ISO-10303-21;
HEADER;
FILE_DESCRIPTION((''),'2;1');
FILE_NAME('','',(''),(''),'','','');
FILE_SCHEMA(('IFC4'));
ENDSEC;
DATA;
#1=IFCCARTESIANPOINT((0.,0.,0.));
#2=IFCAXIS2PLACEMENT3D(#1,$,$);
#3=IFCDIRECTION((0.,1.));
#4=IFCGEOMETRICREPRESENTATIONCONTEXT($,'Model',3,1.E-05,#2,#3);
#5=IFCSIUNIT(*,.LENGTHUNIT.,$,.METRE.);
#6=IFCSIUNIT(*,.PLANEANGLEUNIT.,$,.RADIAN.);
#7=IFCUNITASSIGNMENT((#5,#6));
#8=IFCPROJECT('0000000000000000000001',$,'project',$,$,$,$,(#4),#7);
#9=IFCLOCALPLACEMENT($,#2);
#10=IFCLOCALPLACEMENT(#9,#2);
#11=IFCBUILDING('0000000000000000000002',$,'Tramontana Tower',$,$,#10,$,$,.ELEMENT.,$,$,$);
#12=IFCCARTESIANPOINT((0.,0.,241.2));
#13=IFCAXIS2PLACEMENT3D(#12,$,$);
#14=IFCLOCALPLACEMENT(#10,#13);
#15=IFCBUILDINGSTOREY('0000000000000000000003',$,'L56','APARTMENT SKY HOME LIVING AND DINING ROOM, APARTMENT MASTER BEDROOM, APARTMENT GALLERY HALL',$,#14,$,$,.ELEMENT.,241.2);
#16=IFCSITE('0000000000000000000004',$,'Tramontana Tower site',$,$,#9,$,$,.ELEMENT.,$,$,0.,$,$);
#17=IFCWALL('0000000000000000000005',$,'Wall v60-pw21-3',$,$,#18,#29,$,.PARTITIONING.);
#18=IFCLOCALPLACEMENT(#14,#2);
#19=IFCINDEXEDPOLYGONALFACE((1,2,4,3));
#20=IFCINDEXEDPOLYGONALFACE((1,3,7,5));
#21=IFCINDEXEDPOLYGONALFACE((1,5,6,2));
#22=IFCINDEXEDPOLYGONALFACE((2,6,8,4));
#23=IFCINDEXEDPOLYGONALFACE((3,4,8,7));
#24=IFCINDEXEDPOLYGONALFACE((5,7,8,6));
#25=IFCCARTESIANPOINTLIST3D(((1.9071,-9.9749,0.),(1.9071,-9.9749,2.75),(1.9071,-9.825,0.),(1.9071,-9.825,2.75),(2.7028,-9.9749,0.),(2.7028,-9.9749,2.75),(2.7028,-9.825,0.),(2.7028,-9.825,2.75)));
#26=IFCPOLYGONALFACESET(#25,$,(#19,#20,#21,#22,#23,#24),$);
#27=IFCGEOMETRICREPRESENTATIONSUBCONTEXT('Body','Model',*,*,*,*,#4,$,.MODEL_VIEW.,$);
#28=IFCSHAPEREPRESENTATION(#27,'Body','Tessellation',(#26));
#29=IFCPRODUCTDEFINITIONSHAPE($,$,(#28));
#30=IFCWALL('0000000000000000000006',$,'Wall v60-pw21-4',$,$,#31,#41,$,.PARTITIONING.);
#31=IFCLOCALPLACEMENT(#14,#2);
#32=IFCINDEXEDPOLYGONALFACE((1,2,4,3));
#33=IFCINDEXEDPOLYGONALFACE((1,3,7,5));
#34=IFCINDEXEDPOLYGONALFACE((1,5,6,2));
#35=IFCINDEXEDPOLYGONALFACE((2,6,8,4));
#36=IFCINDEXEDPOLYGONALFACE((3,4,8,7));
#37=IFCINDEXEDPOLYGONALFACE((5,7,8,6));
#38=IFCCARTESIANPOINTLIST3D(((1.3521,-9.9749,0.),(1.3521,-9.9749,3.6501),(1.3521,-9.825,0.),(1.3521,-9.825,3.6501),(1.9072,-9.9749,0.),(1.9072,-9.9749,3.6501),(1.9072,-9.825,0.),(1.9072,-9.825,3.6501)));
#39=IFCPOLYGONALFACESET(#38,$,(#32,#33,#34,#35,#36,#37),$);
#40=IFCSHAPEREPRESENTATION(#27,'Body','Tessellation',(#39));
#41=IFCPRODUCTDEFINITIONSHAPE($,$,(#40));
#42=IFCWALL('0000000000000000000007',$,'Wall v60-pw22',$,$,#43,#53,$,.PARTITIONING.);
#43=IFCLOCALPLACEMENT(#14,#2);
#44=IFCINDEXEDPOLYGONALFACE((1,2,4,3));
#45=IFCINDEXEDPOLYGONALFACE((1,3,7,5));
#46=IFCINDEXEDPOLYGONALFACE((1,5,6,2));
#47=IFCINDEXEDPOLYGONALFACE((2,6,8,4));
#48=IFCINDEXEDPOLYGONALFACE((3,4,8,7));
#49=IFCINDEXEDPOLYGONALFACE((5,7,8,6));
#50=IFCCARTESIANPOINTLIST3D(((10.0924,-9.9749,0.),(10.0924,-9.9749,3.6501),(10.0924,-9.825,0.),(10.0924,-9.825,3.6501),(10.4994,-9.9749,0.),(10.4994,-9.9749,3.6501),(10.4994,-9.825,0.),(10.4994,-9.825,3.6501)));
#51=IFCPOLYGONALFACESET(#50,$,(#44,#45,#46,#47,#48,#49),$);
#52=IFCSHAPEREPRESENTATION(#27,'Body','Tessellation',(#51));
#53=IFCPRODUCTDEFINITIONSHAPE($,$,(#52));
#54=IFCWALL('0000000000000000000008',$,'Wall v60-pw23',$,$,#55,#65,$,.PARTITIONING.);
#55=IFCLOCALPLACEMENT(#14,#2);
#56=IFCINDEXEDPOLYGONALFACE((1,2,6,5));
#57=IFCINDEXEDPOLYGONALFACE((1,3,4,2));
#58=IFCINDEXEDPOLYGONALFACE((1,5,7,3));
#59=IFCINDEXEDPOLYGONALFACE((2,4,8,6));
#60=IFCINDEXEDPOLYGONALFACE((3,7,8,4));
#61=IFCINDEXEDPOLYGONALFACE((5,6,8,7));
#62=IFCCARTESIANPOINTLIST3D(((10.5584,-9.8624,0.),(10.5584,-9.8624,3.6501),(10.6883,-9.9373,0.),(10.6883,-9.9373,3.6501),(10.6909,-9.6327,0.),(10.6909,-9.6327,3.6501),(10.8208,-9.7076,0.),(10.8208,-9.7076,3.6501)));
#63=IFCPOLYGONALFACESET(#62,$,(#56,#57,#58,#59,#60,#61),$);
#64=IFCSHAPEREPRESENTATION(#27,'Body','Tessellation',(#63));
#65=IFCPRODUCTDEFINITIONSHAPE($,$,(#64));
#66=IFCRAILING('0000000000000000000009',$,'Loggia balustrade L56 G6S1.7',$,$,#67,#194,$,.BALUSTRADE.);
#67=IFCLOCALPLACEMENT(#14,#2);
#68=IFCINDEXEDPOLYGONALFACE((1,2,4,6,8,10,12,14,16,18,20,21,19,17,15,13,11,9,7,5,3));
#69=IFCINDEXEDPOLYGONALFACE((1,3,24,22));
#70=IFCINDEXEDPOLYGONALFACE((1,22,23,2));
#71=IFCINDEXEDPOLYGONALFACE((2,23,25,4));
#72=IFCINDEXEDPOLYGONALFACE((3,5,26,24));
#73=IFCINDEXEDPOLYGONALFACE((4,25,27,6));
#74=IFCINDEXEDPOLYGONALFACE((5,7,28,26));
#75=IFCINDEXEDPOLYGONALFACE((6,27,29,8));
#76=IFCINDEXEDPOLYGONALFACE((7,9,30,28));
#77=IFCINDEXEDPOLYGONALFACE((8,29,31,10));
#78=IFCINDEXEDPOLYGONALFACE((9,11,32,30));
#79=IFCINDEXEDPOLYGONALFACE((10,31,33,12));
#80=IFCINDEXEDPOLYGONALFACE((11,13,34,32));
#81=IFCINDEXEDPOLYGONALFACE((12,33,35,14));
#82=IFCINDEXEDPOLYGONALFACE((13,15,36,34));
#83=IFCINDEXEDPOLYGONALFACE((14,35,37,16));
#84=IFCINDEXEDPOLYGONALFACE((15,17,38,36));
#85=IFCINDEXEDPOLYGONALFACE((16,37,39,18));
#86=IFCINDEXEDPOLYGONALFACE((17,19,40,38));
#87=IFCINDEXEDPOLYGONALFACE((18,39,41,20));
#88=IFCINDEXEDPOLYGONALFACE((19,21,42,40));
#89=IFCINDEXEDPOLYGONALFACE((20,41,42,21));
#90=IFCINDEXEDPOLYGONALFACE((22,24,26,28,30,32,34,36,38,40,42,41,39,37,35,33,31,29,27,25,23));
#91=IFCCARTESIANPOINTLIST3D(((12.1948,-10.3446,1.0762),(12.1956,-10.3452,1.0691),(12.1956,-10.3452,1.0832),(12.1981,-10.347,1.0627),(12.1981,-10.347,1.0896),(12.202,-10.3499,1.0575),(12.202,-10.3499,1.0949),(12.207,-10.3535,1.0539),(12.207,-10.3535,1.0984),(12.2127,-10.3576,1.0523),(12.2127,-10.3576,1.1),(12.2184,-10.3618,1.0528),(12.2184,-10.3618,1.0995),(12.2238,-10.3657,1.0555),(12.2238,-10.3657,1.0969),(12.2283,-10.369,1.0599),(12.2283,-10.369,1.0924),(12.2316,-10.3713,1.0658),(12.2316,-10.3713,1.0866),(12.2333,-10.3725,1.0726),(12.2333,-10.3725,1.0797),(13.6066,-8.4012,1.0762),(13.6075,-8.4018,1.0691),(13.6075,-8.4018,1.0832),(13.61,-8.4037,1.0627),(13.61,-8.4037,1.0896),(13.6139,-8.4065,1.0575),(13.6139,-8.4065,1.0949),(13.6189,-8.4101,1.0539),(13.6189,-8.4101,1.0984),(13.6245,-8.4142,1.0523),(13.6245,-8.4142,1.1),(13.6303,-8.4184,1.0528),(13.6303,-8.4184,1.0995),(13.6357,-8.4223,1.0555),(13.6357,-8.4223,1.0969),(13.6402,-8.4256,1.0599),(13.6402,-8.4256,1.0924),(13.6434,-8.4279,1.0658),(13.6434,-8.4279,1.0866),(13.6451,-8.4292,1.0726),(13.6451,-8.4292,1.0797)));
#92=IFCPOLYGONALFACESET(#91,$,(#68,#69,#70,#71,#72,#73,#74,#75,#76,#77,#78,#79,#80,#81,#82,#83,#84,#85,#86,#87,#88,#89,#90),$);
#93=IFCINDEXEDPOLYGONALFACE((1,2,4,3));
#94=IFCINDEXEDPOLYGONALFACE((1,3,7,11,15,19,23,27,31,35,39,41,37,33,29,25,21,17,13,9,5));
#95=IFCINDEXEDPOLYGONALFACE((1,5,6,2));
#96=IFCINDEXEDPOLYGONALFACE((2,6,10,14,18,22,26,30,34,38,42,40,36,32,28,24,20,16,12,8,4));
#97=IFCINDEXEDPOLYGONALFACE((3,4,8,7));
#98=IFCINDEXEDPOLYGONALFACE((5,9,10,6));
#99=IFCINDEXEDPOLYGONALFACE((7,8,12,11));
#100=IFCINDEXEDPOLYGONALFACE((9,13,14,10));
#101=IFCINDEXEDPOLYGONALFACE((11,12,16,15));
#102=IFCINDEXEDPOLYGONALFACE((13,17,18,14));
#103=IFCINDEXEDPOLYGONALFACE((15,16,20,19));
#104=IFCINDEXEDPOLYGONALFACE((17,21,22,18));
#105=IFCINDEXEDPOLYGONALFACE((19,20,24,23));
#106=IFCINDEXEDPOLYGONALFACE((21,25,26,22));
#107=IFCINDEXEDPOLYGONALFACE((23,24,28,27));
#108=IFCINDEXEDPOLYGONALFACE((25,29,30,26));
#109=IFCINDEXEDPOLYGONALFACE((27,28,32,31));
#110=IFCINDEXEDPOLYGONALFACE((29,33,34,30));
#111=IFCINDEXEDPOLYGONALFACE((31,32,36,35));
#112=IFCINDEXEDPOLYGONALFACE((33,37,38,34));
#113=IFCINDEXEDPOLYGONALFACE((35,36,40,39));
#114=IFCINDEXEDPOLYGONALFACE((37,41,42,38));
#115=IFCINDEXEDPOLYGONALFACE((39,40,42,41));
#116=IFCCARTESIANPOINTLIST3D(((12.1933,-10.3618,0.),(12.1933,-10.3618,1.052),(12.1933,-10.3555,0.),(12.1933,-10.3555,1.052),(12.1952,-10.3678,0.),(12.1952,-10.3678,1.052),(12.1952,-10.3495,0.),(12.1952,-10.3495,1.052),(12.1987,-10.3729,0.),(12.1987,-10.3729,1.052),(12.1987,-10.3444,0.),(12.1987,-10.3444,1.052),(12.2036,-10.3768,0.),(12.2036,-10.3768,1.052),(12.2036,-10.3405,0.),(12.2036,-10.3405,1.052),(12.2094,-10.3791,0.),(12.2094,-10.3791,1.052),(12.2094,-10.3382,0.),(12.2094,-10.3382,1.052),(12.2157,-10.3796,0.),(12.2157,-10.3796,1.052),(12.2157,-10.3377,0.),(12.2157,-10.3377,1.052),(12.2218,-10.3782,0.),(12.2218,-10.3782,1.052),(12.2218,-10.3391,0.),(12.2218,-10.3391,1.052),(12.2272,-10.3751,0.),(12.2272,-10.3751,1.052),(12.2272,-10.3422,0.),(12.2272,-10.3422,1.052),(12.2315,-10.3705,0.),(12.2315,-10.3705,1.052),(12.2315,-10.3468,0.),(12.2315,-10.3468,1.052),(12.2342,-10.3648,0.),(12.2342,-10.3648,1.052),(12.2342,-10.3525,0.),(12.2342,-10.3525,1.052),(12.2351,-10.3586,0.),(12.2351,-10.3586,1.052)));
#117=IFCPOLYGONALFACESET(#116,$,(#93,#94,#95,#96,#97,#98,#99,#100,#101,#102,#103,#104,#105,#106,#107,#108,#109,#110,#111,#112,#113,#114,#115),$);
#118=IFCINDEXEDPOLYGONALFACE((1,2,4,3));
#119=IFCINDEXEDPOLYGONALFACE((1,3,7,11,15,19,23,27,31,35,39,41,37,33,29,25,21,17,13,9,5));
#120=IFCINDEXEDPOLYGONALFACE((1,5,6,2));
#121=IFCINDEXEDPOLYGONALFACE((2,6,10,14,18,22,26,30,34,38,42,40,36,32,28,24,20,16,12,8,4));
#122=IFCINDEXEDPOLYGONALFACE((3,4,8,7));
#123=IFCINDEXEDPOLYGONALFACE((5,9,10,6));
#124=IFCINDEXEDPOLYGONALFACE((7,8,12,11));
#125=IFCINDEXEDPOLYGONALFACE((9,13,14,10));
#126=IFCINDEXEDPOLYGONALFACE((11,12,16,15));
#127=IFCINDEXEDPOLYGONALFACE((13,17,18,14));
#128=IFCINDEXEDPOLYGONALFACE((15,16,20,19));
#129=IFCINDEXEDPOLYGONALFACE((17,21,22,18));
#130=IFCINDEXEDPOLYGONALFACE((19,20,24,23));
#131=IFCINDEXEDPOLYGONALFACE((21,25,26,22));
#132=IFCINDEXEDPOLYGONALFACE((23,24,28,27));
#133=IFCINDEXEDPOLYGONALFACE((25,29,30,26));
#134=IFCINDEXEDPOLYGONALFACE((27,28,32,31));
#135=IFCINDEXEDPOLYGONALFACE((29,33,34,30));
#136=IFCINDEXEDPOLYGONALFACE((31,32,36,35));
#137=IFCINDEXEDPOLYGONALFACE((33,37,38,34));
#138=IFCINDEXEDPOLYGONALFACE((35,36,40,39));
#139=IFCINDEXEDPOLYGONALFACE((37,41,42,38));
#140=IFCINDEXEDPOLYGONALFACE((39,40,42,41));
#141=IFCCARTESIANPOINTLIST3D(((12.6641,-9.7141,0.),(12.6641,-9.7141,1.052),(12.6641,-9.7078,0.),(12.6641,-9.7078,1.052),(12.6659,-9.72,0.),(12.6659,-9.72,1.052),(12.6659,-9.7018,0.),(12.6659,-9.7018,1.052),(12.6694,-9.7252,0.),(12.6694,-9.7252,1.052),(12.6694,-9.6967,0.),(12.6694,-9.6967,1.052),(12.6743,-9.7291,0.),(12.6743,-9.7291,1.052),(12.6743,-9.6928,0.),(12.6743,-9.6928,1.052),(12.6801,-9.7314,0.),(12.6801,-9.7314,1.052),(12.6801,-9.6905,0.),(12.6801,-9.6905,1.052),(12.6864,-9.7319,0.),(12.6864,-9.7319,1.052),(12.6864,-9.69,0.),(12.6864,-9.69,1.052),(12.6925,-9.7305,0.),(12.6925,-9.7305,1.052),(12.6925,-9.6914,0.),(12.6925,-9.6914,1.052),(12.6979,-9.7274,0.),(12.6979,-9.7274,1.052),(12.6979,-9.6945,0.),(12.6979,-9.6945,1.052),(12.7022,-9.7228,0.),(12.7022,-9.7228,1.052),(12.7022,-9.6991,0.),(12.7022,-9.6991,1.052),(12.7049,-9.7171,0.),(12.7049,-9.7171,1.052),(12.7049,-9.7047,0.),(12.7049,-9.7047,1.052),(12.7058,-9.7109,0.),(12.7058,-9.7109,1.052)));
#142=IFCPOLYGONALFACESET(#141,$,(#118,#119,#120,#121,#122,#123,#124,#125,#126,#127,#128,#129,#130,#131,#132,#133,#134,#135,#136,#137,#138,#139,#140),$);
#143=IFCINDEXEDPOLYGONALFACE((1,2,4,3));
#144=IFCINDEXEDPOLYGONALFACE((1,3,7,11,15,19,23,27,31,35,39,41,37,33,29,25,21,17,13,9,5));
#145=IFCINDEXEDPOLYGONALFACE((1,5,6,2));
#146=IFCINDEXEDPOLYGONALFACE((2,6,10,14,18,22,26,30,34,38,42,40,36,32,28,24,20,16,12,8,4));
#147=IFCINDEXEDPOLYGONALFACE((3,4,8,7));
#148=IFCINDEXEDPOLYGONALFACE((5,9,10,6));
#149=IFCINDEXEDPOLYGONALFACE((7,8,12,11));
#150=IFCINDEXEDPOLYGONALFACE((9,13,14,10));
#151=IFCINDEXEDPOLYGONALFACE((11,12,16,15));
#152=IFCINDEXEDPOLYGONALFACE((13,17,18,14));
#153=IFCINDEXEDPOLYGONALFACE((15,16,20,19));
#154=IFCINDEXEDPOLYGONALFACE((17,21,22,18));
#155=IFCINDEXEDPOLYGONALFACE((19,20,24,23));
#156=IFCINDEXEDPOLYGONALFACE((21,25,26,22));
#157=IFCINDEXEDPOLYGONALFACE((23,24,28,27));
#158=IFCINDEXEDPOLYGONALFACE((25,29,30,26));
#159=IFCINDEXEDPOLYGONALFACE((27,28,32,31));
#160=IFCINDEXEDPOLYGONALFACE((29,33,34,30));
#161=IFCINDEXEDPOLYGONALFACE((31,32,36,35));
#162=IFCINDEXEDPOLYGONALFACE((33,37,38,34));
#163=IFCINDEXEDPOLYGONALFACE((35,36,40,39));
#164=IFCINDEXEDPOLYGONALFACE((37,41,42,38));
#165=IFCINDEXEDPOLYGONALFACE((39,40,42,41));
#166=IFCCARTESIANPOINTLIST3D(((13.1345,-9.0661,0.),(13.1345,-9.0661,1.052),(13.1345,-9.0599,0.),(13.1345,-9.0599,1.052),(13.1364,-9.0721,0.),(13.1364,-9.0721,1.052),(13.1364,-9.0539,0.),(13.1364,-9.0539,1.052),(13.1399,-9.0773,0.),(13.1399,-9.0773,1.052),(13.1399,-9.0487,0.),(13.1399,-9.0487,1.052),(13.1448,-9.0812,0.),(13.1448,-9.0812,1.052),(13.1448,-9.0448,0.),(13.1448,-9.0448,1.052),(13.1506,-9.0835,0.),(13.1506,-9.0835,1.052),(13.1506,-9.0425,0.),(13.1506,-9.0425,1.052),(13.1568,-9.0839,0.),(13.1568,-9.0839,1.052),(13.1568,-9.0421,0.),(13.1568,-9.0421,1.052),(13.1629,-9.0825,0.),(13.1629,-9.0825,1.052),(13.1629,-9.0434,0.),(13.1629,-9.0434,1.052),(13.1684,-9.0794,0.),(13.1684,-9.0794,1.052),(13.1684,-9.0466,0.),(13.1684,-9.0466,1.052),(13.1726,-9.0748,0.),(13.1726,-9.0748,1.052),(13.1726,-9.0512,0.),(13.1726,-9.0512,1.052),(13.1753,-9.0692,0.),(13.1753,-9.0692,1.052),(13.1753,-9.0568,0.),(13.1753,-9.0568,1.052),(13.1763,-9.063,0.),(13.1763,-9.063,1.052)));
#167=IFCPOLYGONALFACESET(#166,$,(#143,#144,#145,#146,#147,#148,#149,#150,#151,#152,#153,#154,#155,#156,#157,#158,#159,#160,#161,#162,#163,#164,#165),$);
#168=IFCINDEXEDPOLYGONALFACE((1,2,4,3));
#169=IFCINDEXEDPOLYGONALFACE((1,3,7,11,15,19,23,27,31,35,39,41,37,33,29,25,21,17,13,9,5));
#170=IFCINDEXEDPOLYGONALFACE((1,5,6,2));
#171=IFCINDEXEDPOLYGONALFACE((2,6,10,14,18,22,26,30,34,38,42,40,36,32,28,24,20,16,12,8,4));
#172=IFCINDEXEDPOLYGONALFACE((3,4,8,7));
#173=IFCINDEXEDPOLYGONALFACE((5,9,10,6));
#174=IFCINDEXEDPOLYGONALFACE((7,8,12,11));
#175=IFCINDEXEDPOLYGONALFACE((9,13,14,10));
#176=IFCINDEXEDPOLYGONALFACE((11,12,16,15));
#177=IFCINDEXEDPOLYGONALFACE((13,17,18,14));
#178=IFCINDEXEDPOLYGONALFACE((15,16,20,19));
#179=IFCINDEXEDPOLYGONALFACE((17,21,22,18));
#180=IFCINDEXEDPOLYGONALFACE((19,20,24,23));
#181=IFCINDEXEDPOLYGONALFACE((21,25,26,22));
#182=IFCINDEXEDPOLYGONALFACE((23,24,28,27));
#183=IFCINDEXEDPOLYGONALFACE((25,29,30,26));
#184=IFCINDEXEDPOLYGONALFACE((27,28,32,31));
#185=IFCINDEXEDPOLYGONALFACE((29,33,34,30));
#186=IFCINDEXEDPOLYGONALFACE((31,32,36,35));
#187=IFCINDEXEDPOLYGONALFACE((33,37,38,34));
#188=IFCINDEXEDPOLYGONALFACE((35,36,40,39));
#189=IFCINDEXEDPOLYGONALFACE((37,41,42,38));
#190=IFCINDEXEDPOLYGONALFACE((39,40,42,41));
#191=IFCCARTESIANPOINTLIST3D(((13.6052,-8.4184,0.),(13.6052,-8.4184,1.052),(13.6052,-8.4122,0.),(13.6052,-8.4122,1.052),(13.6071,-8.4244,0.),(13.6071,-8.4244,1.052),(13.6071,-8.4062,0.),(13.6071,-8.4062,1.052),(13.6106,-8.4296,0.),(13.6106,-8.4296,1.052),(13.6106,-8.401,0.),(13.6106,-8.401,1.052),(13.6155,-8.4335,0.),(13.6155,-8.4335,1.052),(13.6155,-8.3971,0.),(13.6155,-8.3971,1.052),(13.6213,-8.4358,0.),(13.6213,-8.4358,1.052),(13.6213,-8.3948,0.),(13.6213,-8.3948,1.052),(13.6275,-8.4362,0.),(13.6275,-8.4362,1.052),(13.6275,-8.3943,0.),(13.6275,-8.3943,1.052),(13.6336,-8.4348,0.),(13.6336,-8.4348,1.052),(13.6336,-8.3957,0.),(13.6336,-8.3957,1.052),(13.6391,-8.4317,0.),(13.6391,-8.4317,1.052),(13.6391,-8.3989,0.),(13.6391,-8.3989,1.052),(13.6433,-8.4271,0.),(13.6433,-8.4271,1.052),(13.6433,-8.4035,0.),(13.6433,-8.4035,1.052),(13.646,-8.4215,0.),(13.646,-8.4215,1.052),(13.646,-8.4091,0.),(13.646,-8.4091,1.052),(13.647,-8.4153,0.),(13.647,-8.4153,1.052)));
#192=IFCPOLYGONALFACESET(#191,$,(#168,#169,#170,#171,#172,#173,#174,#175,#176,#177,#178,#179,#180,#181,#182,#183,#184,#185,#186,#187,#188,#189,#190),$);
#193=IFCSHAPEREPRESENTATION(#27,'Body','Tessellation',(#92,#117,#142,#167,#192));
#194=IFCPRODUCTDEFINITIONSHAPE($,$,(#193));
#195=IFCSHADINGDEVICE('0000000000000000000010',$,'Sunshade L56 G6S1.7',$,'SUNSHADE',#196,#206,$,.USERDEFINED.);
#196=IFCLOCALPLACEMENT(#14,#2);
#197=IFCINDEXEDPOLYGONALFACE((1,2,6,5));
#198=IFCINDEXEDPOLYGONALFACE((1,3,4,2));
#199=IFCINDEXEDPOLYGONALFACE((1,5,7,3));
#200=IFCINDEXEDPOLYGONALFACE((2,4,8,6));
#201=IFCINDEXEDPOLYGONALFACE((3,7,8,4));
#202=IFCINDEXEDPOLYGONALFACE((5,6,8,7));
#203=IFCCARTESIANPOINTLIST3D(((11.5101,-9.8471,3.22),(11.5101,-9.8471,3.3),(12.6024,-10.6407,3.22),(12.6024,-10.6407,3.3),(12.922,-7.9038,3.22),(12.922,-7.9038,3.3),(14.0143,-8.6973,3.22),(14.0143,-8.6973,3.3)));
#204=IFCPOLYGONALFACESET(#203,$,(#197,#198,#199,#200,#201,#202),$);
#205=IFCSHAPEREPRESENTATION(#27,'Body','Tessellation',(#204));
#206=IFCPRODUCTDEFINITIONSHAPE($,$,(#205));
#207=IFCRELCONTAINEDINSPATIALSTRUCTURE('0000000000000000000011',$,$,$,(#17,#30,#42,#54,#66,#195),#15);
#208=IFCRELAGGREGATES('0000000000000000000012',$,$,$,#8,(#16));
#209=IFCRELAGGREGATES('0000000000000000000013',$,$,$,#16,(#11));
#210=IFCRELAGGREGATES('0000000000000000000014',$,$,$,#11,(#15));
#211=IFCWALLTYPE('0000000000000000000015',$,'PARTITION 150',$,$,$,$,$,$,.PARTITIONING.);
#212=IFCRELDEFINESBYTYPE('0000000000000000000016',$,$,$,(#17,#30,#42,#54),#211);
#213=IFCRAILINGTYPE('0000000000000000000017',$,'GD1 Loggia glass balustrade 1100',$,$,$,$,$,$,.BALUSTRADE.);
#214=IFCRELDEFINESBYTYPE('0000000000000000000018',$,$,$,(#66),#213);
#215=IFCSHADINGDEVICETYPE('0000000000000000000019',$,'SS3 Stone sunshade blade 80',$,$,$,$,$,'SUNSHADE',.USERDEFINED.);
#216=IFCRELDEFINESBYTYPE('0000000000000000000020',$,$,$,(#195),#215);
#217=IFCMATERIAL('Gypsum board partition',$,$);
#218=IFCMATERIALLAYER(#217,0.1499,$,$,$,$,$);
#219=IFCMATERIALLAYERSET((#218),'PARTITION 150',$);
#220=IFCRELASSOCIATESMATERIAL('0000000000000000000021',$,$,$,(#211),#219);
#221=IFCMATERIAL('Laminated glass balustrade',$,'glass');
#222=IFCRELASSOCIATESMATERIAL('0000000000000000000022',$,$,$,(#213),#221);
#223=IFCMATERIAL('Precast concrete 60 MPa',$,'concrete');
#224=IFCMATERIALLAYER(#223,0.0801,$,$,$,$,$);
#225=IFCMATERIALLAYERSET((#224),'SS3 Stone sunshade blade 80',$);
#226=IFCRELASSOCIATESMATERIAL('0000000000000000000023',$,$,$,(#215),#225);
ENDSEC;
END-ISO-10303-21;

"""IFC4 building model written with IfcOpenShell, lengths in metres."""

from ifc_helpers import new_model, si_unit, direction, frame, frame_2d, origin, origin_2d, place, context, subcontext, project, spatial, rectangle, circle, extrude, material, layer, layer_set, type_object, element, save


model = new_model("IFC4")

# Units and contexts
model_context = context("Model", 3, precision=1e-05, world=origin(), true_north=direction((0.0, 1.0)))
body_context = subcontext(model_context, "Body", "Model", "MODEL_VIEW")
ifc_project = project(units=[si_unit("LENGTHUNIT", "METRE"), si_unit("PLANEANGLEUNIT", "RADIAN")], contexts=[model_context])

# Site, building, storey
site_placement = place(None, origin())
site = spatial("IfcSite", under=ifc_project, at=site_placement, Name="Tramontana Tower site", CompositionType="ELEMENT", RefElevation=0.0)
building_placement = place(site_placement, origin())
building = spatial("IfcBuilding", under=site, at=building_placement, Name="Tramontana Tower", CompositionType="ELEMENT")
storey_placement = place(building_placement, frame((0.0, 0.0, 241.2)))
storey = spatial("IfcBuildingStorey", under=building, at=storey_placement, Name="L56", Description="APARTMENT SKY HOME LIVING AND DINING ROOM, APARTMENT MASTER BEDROOM, APARTMENT GALLERY HALL", CompositionType="ELEMENT", Elevation=241.2)

# Shared definitions
ifc_material_1 = material(Name="Gypsum board partition")
ifc_layer_1 = layer(ifc_material_1, 0.1499)
ifc_layer_set_1 = layer_set([ifc_layer_1], Name="PARTITION 150")
wall_type_1 = type_object("IfcWallType", Name="PARTITION 150", PredefinedType="PARTITIONING", material=ifc_layer_set_1)

# Walls
wall_1_placement = place(storey_placement, frame((2.7029, -9.8999, 0.0), z_axis=(0.0, 0.0, 1.0), x_axis=(-1.0, 0.0, 0.0)))
element("IfcWall", 1, at=wall_1_placement, inside=storey, type_object=wall_type_1, Name="Wall v60-pw21-3", PredefinedType="PARTITIONING", context=body_context, shape_type="SweptSolid", body=[
    extrude(rectangle(XDim=0.7957, YDim=0.1499, at=frame_2d((0.3979, 0.0))), origin(), (0.0, 0.0, 1.0), 2.75),
])
wall_2_placement = place(storey_placement, frame((1.9072, -9.8999, 0.0), z_axis=(0.0, 0.0, 1.0), x_axis=(-1.0, 0.0, 0.0)))
element("IfcWall", 2, at=wall_2_placement, inside=storey, type_object=wall_type_1, Name="Wall v60-pw21-4", PredefinedType="PARTITIONING", context=body_context, shape_type="SweptSolid", body=[
    extrude(rectangle(XDim=0.5552, YDim=0.1499, at=frame_2d((0.2776, 0.0))), origin(), (0.0, 0.0, 1.0), 3.6501),
])
wall_3_placement = place(storey_placement, frame((10.0923, -9.8999, 0.0), z_axis=(0.0, 0.0, 1.0), x_axis=(1.0, 0.0, 0.0)))
element("IfcWall", 3, at=wall_3_placement, inside=storey, type_object=wall_type_1, Name="Wall v60-pw22", PredefinedType="PARTITIONING", context=body_context, shape_type="SweptSolid", body=[
    extrude(rectangle(XDim=0.407, YDim=0.1499, at=frame_2d((0.2036, 0.0))), origin(), (0.0, 0.0, 1.0), 3.6501),
])
wall_4_placement = place(storey_placement, frame((10.7559, -9.6702, 0.0), z_axis=(0.0, 0.0, 1.0), x_axis=(-0.499802, -0.86614, 0.0)))
element("IfcWall", 4, at=wall_4_placement, inside=storey, type_object=wall_type_1, Name="Wall v60-pw23", PredefinedType="PARTITIONING", context=body_context, shape_type="SweptSolid", body=[
    extrude(rectangle(XDim=0.2651, YDim=0.1499, at=frame_2d((0.1326, 0.0))), origin(), (0.0, 0.0, 1.0), 3.6501),
])

# Railing
ifc_material_2 = material(Name="Laminated glass balustrade", Category="glass")
railing_type = type_object("IfcRailingType", Name="GD1 Loggia glass balustrade 1100", PredefinedType="BALUSTRADE", material=ifc_material_2)
railing_placement = place(storey_placement, frame((12.2141, -10.3586, 0.0)))
element("IfcRailing", 5, at=railing_placement, inside=storey, type_object=railing_type, Name="Loggia balustrade L56 G6S1.7", PredefinedType="BALUSTRADE", context=body_context, shape_type="SweptSolid", body=[
    extrude(circle(Radius=0.0239, at=origin_2d()), frame((0.0, 0.0, 1.0762), z_axis=(0.587767, 0.80903, 0.0), x_axis=(-0.80903, 0.587767, 0.0)), (0.0, 0.0, 1.0), 2.4021),
    extrude(circle(Radius=0.021, at=origin_2d()), origin(), (0.0, 0.0, 1.0), 1.052),
    extrude(circle(Radius=0.021, at=origin_2d()), frame((0.4707, 0.6477, 0.0)), (0.0, 0.0, 1.0), 1.052),
    extrude(circle(Radius=0.021, at=origin_2d()), frame((0.9412, 1.2957, 0.0)), (0.0, 0.0, 1.0), 1.052),
    extrude(circle(Radius=0.021, at=origin_2d()), frame((1.4119, 1.9434, 0.0)), (0.0, 0.0, 1.0), 1.052),
])

# Shading device
ifc_material_3 = material(Name="Precast concrete 60 MPa", Category="concrete")
ifc_layer_2 = layer(ifc_material_3, 0.0801)
ifc_layer_set_2 = layer_set([ifc_layer_2], Name="SS3 Stone sunshade blade 80")
shading_device_type = type_object("IfcShadingDeviceType", Name="SS3 Stone sunshade blade 80", ElementType="SUNSHADE", PredefinedType="USERDEFINED", material=ifc_layer_set_2)
shading_device_placement = place(storey_placement, frame((12.7622, -9.2722, 3.22), z_axis=(0.0, 0.0, 1.0), x_axis=(0.587785, 0.809017, 0.0)))
element("IfcShadingDevice", 6, at=shading_device_placement, inside=storey, type_object=shading_device_type, Name="Sunshade L56 G6S1.7", ObjectType="SUNSHADE", PredefinedType="USERDEFINED", context=body_context, shape_type="SweptSolid", body=[
    extrude(rectangle(XDim=2.4021, YDim=1.3501, at=origin_2d()), origin(), (0.0, 0.0, 1.0), 0.0801),
])

save(model, "model.ifc")
